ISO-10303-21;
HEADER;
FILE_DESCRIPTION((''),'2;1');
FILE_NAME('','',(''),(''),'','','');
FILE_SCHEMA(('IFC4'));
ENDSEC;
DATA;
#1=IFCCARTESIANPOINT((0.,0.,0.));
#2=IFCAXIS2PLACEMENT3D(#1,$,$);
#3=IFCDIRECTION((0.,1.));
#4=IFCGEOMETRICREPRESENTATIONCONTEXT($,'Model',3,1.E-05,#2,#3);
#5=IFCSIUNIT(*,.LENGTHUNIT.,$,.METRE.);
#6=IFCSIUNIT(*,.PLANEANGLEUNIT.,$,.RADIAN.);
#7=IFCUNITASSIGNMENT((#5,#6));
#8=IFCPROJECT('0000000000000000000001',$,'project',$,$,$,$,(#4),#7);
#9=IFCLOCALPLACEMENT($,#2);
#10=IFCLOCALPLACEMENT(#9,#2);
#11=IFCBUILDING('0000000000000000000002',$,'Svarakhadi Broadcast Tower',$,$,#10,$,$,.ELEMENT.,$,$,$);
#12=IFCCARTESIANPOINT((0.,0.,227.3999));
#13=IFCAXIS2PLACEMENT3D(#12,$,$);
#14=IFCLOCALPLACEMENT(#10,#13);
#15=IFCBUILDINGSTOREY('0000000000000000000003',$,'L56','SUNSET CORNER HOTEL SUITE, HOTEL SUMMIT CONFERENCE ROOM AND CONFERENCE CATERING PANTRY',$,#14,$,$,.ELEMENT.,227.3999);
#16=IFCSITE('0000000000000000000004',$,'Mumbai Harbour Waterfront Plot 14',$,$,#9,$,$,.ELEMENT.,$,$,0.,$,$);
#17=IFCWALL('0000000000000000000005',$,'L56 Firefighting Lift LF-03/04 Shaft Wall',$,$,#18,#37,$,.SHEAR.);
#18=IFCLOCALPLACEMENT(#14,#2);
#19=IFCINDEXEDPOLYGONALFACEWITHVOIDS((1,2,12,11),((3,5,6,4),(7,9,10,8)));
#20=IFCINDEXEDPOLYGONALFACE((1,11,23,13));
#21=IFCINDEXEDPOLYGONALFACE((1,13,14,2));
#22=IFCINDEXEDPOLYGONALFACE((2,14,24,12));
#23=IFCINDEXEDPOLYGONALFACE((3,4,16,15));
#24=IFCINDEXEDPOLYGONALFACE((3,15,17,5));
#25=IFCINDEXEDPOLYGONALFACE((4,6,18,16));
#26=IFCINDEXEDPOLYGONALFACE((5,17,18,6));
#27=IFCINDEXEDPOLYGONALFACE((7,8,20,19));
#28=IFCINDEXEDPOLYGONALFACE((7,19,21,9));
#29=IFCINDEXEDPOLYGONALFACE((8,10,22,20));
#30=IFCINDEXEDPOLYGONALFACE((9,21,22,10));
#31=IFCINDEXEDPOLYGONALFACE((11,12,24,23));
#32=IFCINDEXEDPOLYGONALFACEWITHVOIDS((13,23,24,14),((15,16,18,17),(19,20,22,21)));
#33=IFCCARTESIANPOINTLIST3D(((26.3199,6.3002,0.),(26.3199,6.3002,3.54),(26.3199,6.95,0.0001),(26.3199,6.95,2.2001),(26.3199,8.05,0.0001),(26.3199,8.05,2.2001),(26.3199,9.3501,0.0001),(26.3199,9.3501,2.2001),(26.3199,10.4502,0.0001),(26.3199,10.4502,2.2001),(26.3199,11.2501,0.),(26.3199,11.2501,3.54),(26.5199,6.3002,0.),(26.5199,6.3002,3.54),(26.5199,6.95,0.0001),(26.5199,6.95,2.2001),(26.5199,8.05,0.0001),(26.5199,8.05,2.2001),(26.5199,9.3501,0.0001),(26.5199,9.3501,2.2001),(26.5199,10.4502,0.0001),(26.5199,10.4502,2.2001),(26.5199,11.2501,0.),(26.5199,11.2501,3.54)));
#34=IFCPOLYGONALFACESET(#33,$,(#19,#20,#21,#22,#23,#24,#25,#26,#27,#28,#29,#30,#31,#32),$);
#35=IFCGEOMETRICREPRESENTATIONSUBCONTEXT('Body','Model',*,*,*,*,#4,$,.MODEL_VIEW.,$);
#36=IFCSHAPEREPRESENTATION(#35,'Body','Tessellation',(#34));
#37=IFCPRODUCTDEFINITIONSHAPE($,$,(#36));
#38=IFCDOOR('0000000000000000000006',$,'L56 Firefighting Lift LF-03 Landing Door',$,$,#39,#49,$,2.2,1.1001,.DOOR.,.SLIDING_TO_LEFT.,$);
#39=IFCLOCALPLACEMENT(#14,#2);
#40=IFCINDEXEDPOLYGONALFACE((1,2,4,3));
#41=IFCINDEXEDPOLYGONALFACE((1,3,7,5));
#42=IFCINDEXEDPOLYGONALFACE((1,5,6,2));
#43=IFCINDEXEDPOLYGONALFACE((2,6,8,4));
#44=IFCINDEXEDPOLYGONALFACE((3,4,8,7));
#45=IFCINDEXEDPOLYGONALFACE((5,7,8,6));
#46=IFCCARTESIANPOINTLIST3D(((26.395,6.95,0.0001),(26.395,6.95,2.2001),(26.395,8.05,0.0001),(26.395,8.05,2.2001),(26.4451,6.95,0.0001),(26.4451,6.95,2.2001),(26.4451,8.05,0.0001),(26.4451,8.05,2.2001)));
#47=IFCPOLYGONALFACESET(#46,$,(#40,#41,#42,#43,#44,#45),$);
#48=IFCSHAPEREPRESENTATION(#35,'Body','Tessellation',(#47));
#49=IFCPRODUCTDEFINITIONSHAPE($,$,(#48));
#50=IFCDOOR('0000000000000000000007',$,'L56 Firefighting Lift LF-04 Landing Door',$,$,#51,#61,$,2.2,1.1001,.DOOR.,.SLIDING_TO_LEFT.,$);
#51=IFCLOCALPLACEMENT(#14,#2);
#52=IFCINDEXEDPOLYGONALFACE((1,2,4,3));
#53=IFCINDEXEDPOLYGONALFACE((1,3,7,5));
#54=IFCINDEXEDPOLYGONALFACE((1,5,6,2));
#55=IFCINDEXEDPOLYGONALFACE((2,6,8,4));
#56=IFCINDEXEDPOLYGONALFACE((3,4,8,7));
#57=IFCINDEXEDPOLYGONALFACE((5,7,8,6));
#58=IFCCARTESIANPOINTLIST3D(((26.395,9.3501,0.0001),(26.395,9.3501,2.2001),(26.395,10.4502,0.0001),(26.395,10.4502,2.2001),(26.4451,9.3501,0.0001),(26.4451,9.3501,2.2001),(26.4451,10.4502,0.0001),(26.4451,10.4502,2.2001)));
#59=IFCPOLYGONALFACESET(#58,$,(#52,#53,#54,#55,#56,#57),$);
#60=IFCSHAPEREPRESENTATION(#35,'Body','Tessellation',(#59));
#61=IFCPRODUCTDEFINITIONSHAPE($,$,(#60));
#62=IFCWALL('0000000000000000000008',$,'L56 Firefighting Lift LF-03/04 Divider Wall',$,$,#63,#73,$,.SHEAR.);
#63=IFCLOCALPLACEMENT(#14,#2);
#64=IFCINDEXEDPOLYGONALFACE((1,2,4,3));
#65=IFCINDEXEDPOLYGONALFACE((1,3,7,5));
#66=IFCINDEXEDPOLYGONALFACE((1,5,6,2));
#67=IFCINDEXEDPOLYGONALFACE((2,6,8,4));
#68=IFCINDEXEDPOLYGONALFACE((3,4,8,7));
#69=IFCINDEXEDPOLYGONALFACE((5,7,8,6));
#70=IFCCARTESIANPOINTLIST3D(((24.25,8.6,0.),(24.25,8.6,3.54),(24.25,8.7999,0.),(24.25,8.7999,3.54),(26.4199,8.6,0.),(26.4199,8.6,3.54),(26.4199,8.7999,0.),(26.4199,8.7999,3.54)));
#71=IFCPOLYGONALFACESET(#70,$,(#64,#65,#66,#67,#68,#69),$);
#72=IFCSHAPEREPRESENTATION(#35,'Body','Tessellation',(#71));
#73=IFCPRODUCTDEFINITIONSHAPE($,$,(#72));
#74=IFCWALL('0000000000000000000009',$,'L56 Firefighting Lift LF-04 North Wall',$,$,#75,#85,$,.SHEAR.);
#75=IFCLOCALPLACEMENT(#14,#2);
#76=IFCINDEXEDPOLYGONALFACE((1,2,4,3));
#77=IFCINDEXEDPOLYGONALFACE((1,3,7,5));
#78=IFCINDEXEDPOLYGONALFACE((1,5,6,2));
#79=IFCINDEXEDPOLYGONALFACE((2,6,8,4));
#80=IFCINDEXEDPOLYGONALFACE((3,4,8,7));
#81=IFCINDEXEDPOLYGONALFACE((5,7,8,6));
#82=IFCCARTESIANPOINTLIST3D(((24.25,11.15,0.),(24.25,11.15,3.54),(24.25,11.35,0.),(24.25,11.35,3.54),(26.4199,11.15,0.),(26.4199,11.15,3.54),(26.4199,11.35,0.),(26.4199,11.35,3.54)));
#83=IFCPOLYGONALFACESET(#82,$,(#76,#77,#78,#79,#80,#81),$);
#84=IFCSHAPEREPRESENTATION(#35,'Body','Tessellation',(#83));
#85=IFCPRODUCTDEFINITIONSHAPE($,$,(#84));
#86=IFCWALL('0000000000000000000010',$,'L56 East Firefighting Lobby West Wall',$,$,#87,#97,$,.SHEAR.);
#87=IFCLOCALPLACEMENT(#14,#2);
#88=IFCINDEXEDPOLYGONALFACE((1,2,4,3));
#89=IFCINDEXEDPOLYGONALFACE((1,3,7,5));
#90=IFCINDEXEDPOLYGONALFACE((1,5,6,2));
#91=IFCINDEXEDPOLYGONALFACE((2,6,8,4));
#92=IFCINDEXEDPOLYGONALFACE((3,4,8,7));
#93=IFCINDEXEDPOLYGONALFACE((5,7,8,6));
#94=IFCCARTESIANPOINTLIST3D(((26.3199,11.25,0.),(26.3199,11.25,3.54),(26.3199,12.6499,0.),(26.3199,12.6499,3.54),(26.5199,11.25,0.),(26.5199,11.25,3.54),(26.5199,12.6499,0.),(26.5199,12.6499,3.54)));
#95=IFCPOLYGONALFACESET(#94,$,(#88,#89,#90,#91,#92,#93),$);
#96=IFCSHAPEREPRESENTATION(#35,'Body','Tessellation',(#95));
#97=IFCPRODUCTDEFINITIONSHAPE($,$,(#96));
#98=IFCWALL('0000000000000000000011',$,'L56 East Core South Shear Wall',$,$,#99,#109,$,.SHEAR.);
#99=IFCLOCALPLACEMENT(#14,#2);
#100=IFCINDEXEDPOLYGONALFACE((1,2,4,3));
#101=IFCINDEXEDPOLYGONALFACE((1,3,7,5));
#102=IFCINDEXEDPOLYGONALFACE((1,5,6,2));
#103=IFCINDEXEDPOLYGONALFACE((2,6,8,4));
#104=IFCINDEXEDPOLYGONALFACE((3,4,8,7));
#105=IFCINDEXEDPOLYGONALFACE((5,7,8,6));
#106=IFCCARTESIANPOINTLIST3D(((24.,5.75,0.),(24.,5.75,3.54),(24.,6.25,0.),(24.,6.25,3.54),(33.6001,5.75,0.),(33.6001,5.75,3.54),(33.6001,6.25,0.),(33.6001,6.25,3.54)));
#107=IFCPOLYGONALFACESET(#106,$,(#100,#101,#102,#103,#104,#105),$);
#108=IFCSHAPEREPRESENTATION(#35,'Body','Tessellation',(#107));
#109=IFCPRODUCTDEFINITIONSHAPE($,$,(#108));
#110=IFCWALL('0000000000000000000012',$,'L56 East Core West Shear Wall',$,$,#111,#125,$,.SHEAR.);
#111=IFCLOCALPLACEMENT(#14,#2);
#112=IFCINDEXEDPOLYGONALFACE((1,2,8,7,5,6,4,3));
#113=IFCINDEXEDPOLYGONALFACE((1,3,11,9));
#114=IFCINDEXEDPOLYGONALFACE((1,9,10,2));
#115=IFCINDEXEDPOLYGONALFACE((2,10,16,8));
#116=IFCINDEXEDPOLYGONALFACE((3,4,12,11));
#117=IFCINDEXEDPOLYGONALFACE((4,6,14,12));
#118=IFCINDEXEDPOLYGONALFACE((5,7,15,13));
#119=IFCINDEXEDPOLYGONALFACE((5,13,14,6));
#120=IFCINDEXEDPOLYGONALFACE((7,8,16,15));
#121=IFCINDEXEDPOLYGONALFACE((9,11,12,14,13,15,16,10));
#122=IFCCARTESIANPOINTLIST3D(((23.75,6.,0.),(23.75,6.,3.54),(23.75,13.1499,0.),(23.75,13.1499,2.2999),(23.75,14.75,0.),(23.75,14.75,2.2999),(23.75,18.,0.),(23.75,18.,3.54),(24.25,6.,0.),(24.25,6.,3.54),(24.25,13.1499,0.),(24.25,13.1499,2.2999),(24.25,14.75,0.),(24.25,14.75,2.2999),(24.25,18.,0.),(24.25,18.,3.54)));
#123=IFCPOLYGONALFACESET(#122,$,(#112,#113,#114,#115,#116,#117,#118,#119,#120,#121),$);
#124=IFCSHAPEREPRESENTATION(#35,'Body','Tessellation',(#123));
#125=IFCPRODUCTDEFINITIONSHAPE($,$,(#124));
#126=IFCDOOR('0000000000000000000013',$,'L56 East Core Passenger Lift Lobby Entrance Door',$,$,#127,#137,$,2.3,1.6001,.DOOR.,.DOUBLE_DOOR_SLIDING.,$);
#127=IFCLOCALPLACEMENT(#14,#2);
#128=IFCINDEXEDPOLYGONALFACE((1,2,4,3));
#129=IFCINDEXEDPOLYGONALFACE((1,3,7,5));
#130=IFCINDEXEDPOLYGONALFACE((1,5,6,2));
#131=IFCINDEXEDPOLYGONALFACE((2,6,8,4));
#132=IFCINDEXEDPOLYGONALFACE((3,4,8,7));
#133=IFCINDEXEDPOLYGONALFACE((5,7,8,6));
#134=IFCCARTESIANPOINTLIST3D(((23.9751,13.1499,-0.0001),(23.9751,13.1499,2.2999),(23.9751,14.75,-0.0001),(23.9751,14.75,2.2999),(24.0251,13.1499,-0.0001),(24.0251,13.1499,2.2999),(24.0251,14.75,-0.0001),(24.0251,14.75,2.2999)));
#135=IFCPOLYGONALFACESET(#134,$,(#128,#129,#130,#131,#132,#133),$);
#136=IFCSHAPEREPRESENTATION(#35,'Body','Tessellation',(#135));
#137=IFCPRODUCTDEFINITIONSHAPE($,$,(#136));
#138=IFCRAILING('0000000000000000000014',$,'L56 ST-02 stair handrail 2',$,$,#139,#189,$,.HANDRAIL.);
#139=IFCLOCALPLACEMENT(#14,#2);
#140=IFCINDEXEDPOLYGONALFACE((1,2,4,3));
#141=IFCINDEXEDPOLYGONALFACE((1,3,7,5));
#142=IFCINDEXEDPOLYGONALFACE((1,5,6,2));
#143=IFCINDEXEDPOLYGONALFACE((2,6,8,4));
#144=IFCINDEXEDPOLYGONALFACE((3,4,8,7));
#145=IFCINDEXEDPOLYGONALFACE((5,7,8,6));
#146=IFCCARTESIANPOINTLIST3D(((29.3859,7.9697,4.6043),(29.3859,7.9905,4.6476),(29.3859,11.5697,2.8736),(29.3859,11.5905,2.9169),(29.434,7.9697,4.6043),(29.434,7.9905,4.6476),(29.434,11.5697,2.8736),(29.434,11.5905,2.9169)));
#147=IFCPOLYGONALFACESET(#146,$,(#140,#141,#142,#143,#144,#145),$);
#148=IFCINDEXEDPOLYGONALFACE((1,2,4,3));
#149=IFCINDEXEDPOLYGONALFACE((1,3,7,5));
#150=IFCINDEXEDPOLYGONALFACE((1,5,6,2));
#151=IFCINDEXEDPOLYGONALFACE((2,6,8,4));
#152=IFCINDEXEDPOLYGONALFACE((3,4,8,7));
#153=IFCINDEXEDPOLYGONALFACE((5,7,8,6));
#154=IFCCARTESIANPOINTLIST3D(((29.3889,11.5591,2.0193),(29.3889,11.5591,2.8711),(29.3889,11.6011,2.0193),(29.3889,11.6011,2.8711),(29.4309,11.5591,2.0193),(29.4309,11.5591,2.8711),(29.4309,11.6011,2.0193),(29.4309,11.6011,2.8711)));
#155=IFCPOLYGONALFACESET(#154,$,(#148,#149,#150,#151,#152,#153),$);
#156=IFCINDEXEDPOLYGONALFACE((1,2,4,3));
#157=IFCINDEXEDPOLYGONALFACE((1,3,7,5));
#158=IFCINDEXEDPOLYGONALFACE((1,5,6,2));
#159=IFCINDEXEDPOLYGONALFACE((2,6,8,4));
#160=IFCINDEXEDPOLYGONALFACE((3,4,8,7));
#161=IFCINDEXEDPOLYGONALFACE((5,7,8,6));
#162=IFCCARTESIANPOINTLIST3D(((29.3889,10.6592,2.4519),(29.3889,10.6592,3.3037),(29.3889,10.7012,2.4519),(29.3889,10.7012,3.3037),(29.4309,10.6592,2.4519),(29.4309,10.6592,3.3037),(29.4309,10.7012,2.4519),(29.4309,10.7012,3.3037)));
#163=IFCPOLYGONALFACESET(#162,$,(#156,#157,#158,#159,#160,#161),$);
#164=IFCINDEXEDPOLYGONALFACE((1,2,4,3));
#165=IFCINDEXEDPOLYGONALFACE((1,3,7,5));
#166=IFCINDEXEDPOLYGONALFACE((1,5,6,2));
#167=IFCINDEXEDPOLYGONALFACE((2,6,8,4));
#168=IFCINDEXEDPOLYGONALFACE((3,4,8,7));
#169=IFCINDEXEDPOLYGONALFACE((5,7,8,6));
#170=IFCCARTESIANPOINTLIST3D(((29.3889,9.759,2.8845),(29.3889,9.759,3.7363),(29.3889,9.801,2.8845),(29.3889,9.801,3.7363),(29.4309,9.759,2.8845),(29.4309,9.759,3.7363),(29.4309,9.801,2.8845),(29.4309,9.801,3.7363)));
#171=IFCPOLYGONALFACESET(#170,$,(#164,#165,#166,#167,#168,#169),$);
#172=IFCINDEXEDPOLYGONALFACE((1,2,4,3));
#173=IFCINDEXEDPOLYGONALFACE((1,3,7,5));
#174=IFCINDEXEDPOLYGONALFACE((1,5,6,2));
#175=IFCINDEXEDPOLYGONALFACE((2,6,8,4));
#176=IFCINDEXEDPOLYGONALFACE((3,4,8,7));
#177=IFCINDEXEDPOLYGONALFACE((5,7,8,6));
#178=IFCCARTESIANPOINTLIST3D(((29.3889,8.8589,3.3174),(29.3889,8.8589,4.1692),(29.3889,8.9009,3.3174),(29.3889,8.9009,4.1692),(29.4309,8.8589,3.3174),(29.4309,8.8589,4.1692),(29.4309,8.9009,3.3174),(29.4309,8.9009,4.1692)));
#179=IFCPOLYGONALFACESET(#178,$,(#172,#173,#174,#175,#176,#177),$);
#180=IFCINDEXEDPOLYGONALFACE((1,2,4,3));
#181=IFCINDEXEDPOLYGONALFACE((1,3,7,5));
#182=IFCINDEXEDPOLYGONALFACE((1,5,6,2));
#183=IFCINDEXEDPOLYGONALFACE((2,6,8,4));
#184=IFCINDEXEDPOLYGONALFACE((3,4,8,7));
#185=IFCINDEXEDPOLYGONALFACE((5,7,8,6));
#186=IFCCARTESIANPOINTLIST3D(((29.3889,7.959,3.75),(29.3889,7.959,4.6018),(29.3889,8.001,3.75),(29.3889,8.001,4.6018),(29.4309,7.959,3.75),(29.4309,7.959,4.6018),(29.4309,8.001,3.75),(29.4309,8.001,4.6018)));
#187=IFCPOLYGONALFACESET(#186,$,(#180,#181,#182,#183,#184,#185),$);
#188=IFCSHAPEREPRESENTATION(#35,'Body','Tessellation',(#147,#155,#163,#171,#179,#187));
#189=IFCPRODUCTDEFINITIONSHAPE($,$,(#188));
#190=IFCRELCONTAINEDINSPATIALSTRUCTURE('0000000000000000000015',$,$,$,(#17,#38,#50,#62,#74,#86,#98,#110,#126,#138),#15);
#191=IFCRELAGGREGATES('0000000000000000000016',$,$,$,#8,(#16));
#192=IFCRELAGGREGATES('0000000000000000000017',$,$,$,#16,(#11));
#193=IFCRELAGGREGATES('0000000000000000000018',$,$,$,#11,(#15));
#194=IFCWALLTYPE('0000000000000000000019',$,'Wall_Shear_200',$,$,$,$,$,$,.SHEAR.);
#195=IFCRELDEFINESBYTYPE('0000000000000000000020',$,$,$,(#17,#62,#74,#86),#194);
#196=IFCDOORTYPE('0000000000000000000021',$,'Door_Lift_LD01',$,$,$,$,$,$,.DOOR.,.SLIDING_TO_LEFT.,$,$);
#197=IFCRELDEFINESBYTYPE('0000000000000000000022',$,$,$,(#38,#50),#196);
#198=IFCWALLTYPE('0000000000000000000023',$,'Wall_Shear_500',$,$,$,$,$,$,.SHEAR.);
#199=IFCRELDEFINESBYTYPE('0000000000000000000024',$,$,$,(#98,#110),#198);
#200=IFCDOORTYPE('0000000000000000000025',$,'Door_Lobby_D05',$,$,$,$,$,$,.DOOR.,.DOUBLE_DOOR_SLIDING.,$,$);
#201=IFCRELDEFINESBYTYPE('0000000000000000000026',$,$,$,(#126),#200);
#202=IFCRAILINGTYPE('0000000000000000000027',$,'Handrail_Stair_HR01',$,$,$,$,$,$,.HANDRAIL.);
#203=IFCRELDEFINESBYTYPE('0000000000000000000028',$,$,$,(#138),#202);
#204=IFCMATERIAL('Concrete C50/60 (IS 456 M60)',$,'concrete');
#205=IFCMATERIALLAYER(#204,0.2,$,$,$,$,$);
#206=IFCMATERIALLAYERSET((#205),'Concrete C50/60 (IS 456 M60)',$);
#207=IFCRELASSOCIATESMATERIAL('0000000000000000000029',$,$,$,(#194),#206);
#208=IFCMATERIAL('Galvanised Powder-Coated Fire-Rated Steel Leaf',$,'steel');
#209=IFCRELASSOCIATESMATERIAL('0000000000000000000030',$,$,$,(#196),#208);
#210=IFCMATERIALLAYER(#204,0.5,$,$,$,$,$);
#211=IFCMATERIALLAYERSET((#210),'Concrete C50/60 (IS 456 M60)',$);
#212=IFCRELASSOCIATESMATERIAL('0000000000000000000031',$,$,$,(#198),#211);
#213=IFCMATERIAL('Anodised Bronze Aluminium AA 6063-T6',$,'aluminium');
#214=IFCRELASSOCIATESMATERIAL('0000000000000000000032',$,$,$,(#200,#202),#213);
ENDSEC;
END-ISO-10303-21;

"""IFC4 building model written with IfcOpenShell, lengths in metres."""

from ifc_helpers import new_model, si_unit, direction, frame, frame_2d, origin, origin_2d, place, context, subcontext, project, spatial, rectangle, extrude, material, layer, layer_set, type_object, element, fill, save


model = new_model("IFC4")

# Units and contexts
model_context = context("Model", 3, precision=1e-05, world=origin(), true_north=direction((0.0, 1.0)))
body_context = subcontext(model_context, "Body", "Model", "MODEL_VIEW")
ifc_project = project(units=[si_unit("LENGTHUNIT", "METRE"), si_unit("PLANEANGLEUNIT", "RADIAN")], contexts=[model_context])

# Site, building, storey
site_placement = place(None, origin())
site = spatial("IfcSite", under=ifc_project, at=site_placement, Name="Mumbai Harbour Waterfront Plot 14", CompositionType="ELEMENT", RefElevation=0.0)
building_placement = place(site_placement, origin())
building = spatial("IfcBuilding", under=site, at=building_placement, Name="Svarakhadi Broadcast Tower", CompositionType="ELEMENT")
storey_placement = place(building_placement, frame((0.0, 0.0, 227.3999)))
storey = spatial("IfcBuildingStorey", under=building, at=storey_placement, Name="L56", Description="SUNSET CORNER HOTEL SUITE, HOTEL SUMMIT CONFERENCE ROOM AND CONFERENCE CATERING PANTRY", CompositionType="ELEMENT", Elevation=227.3999)

# Shared definitions
ifc_material_1 = material(Name="Concrete C50/60 (IS 456 M60)", Category="concrete")

# Shared definitions
ifc_layer_1 = layer(ifc_material_1, 0.2)
ifc_layer_set_1 = layer_set([ifc_layer_1], Name="Concrete C50/60 (IS 456 M60)")
wall_type_1 = type_object("IfcWallType", Name="Wall_Shear_200", PredefinedType="SHEAR", material=ifc_layer_set_1)
ifc_material_2 = material(Name="Galvanised Powder-Coated Fire-Rated Steel Leaf", Category="steel")

# Wall, openings, doors
wall_1_placement = place(storey_placement, frame((26.4199, 6.3, 0.0), z_axis=(0.0, 0.0, 1.0), x_axis=(0.0, 1.0, 0.0)))
wall_1 = element("IfcWall", 1, at=wall_1_placement, inside=storey, type_object=wall_type_1, Name="L56 Firefighting Lift LF-03/04 Shaft Wall", PredefinedType="SHEAR", context=body_context, shape_type="SweptSolid", body=[
    extrude(rectangle(XDim=4.95, YDim=0.2, at=frame_2d((2.4751, 0.0))), origin(), (0.0, 0.0, 1.0), 3.54),
])
opening_1_placement = place(wall_1_placement, frame((0.6499, 0.0, 0.0)))
opening_1 = element("IfcOpeningElement", 2, at=opening_1_placement, cuts=wall_1, PredefinedType="OPENING", context=body_context, shape_type="SweptSolid", body=[
    extrude(rectangle(XDim=1.1001, YDim=2.2, at=frame_2d((0.55, 1.1001))), frame((0.0, 0.1099, 0.0), z_axis=(0.0, -1.0, 0.0), x_axis=(1.0, 0.0, 0.0)), (0.0, 0.0, 1.0), 0.22),
])
opening_2_placement = place(wall_1_placement, frame((3.05, 0.0, 0.0)))
opening_2 = element("IfcOpeningElement", 3, at=opening_2_placement, cuts=wall_1, PredefinedType="OPENING", context=body_context, shape_type="SweptSolid", body=[
    extrude(rectangle(XDim=1.1001, YDim=2.2, at=frame_2d((0.55, 1.1001))), frame((0.0, 0.1099, 0.0), z_axis=(0.0, -1.0, 0.0), x_axis=(1.0, 0.0, 0.0)), (0.0, 0.0, 1.0), 0.22),
])
door_type_1 = type_object("IfcDoorType", Name="Door_Lift_LD01", OperationType="SLIDING_TO_LEFT", PredefinedType="DOOR", material=ifc_material_2)
door_1_placement = place(opening_1_placement, origin())
door_1 = element("IfcDoor", 4, at=door_1_placement, inside=storey, type_object=door_type_1, Name="L56 Firefighting Lift LF-03 Landing Door", OperationType="SLIDING_TO_LEFT", OverallHeight=2.2, OverallWidth=1.1001, PredefinedType="DOOR", context=body_context, shape_type="SweptSolid", body=[
    extrude(rectangle(XDim=1.1001, YDim=2.2, at=frame_2d((0.55, 1.1001))), frame((0.0, 0.0249, 0.0), z_axis=(0.0, -1.0, 0.0), x_axis=(1.0, 0.0, 0.0)), (0.0, 0.0, 1.0), 0.05),
])
fill(opening_1, door_1)
door_2_placement = place(opening_2_placement, origin())
door_2 = element("IfcDoor", 5, at=door_2_placement, inside=storey, type_object=door_type_1, Name="L56 Firefighting Lift LF-04 Landing Door", OperationType="SLIDING_TO_LEFT", OverallHeight=2.2, OverallWidth=1.1001, PredefinedType="DOOR", context=body_context, shape_type="SweptSolid", body=[
    extrude(rectangle(XDim=1.1001, YDim=2.2, at=frame_2d((0.55, 1.1001))), frame((0.0, 0.0249, 0.0), z_axis=(0.0, -1.0, 0.0), x_axis=(1.0, 0.0, 0.0)), (0.0, 0.0, 1.0), 0.05),
])
fill(opening_2, door_2)

# Walls
for number, where, z_axis, x_axis, name in (
    (6, (24.25, 8.7, 0.0), (0.0, 0.0, 1.0), (1.0, 0.0, 0.0), "L56 Firefighting Lift LF-03/04 Divider Wall"),
    (7, (24.25, 11.25, 0.0), (0.0, 0.0, 1.0), (1.0, 0.0, 0.0), "L56 Firefighting Lift LF-04 North Wall"),
):
    element("IfcWall", number, at=place(storey_placement, frame(where, z_axis=z_axis, x_axis=x_axis)), inside=storey, type_object=wall_type_1, Name=name, PredefinedType="SHEAR", context=body_context, shape_type="SweptSolid", body=[
        extrude(rectangle(XDim=2.1699, YDim=0.2, at=frame_2d((1.085, 0.0))), origin(), (0.0, 0.0, 1.0), 3.54),
    ])
wall_2_placement = place(storey_placement, frame((26.4199, 11.25, 0.0), z_axis=(0.0, 0.0, 1.0), x_axis=(0.0, 1.0, 0.0)))
element("IfcWall", 8, at=wall_2_placement, inside=storey, type_object=wall_type_1, Name="L56 East Firefighting Lobby West Wall", PredefinedType="SHEAR", context=body_context, shape_type="SweptSolid", body=[
    extrude(rectangle(XDim=1.3999, YDim=0.2, at=frame_2d((0.7, 0.0))), origin(), (0.0, 0.0, 1.0), 3.54),
])
ifc_layer_2 = layer(ifc_material_1, 0.5)
ifc_layer_set_2 = layer_set([ifc_layer_2], Name="Concrete C50/60 (IS 456 M60)")
wall_type_2 = type_object("IfcWallType", Name="Wall_Shear_500", PredefinedType="SHEAR", material=ifc_layer_set_2)
wall_3_placement = place(storey_placement, frame((24.0, 6.0, 0.0), z_axis=(0.0, 0.0, 1.0), x_axis=(1.0, 0.0, 0.0)))
element("IfcWall", 9, at=wall_3_placement, inside=storey, type_object=wall_type_2, Name="L56 East Core South Shear Wall", PredefinedType="SHEAR", context=body_context, shape_type="SweptSolid", body=[
    extrude(rectangle(XDim=9.6001, YDim=0.5, at=frame_2d((4.8, 0.0))), origin(), (0.0, 0.0, 1.0), 3.54),
])

# Wall, opening, door
wall_4_placement = place(storey_placement, frame((24.0, 6.0, 0.0), z_axis=(0.0, 0.0, 1.0), x_axis=(0.0, 1.0, 0.0)))
wall_4 = element("IfcWall", 10, at=wall_4_placement, inside=storey, type_object=wall_type_2, Name="L56 East Core West Shear Wall", PredefinedType="SHEAR", context=body_context, shape_type="SweptSolid", body=[
    extrude(rectangle(XDim=12.0, YDim=0.5, at=frame_2d((6.0, 0.0))), origin(), (0.0, 0.0, 1.0), 3.54),
])
opening_3_placement = place(wall_4_placement, frame((7.1499, 0.0, 0.0)))
opening_3 = element("IfcOpeningElement", 11, at=opening_3_placement, cuts=wall_4, PredefinedType="OPENING", context=body_context, shape_type="SweptSolid", body=[
    extrude(rectangle(XDim=1.6001, YDim=2.3, at=frame_2d((0.8, 1.1499))), frame((0.0, 0.26, 0.0), z_axis=(0.0, -1.0, 0.0), x_axis=(1.0, 0.0, 0.0)), (0.0, 0.0, 1.0), 0.52),
])
ifc_material_3 = material(Name="Anodised Bronze Aluminium AA 6063-T6", Category="aluminium")
door_type_2 = type_object("IfcDoorType", Name="Door_Lobby_D05", OperationType="DOUBLE_DOOR_SLIDING", PredefinedType="DOOR", material=ifc_material_3)
door_3_placement = place(opening_3_placement, origin())
door_3 = element("IfcDoor", 12, at=door_3_placement, inside=storey, type_object=door_type_2, Name="L56 East Core Passenger Lift Lobby Entrance Door", OperationType="DOUBLE_DOOR_SLIDING", OverallHeight=2.3, OverallWidth=1.6001, PredefinedType="DOOR", context=body_context, shape_type="SweptSolid", body=[
    extrude(rectangle(XDim=1.6001, YDim=2.3, at=frame_2d((0.8, 1.1499))), frame((0.0, 0.0249, 0.0), z_axis=(0.0, -1.0, 0.0), x_axis=(1.0, 0.0, 0.0)), (0.0, 0.0, 1.0), 0.05),
])
fill(opening_3, door_3)

# Railing
railing_type = type_object("IfcRailingType", Name="Handrail_Stair_HR01", PredefinedType="HANDRAIL", material=ifc_material_3)
railing_placement = place(storey_placement, frame((29.4099, 11.5801, 2.0193)))
element("IfcRailing", 13, at=railing_placement, inside=storey, type_object=railing_type, Name="L56 ST-02 stair handrail 2", PredefinedType="HANDRAIL", context=body_context, shape_type="SweptSolid", body=[
    extrude(rectangle(XDim=0.0481, YDim=0.0481, at=origin_2d()), frame((0.0, 0.0, 0.876), z_axis=(0.0, -0.901263, 0.433273), x_axis=(1.0, 0.0, 0.0)), (0.0, 0.0, 1.0), 3.9944),
    extrude(rectangle(XDim=0.042, YDim=0.042, at=origin_2d()), origin(), (0.0, 0.0, 1.0), 0.8518),
    extrude(rectangle(XDim=0.042, YDim=0.042, at=origin_2d()), frame((0.0, -0.8999, 0.4326)), (0.0, 0.0, 1.0), 0.8518),
    extrude(rectangle(XDim=0.042, YDim=0.042, at=origin_2d()), frame((0.0, -1.8, 0.8652)), (0.0, 0.0, 1.0), 0.8518),
    extrude(rectangle(XDim=0.042, YDim=0.042, at=origin_2d()), frame((0.0, -2.7002, 1.2981)), (0.0, 0.0, 1.0), 0.8518),
    extrude(rectangle(XDim=0.042, YDim=0.042, at=origin_2d()), frame((0.0, -3.6001, 1.7307)), (0.0, 0.0, 1.0), 0.8518),
])

save(model, "model.ifc")
